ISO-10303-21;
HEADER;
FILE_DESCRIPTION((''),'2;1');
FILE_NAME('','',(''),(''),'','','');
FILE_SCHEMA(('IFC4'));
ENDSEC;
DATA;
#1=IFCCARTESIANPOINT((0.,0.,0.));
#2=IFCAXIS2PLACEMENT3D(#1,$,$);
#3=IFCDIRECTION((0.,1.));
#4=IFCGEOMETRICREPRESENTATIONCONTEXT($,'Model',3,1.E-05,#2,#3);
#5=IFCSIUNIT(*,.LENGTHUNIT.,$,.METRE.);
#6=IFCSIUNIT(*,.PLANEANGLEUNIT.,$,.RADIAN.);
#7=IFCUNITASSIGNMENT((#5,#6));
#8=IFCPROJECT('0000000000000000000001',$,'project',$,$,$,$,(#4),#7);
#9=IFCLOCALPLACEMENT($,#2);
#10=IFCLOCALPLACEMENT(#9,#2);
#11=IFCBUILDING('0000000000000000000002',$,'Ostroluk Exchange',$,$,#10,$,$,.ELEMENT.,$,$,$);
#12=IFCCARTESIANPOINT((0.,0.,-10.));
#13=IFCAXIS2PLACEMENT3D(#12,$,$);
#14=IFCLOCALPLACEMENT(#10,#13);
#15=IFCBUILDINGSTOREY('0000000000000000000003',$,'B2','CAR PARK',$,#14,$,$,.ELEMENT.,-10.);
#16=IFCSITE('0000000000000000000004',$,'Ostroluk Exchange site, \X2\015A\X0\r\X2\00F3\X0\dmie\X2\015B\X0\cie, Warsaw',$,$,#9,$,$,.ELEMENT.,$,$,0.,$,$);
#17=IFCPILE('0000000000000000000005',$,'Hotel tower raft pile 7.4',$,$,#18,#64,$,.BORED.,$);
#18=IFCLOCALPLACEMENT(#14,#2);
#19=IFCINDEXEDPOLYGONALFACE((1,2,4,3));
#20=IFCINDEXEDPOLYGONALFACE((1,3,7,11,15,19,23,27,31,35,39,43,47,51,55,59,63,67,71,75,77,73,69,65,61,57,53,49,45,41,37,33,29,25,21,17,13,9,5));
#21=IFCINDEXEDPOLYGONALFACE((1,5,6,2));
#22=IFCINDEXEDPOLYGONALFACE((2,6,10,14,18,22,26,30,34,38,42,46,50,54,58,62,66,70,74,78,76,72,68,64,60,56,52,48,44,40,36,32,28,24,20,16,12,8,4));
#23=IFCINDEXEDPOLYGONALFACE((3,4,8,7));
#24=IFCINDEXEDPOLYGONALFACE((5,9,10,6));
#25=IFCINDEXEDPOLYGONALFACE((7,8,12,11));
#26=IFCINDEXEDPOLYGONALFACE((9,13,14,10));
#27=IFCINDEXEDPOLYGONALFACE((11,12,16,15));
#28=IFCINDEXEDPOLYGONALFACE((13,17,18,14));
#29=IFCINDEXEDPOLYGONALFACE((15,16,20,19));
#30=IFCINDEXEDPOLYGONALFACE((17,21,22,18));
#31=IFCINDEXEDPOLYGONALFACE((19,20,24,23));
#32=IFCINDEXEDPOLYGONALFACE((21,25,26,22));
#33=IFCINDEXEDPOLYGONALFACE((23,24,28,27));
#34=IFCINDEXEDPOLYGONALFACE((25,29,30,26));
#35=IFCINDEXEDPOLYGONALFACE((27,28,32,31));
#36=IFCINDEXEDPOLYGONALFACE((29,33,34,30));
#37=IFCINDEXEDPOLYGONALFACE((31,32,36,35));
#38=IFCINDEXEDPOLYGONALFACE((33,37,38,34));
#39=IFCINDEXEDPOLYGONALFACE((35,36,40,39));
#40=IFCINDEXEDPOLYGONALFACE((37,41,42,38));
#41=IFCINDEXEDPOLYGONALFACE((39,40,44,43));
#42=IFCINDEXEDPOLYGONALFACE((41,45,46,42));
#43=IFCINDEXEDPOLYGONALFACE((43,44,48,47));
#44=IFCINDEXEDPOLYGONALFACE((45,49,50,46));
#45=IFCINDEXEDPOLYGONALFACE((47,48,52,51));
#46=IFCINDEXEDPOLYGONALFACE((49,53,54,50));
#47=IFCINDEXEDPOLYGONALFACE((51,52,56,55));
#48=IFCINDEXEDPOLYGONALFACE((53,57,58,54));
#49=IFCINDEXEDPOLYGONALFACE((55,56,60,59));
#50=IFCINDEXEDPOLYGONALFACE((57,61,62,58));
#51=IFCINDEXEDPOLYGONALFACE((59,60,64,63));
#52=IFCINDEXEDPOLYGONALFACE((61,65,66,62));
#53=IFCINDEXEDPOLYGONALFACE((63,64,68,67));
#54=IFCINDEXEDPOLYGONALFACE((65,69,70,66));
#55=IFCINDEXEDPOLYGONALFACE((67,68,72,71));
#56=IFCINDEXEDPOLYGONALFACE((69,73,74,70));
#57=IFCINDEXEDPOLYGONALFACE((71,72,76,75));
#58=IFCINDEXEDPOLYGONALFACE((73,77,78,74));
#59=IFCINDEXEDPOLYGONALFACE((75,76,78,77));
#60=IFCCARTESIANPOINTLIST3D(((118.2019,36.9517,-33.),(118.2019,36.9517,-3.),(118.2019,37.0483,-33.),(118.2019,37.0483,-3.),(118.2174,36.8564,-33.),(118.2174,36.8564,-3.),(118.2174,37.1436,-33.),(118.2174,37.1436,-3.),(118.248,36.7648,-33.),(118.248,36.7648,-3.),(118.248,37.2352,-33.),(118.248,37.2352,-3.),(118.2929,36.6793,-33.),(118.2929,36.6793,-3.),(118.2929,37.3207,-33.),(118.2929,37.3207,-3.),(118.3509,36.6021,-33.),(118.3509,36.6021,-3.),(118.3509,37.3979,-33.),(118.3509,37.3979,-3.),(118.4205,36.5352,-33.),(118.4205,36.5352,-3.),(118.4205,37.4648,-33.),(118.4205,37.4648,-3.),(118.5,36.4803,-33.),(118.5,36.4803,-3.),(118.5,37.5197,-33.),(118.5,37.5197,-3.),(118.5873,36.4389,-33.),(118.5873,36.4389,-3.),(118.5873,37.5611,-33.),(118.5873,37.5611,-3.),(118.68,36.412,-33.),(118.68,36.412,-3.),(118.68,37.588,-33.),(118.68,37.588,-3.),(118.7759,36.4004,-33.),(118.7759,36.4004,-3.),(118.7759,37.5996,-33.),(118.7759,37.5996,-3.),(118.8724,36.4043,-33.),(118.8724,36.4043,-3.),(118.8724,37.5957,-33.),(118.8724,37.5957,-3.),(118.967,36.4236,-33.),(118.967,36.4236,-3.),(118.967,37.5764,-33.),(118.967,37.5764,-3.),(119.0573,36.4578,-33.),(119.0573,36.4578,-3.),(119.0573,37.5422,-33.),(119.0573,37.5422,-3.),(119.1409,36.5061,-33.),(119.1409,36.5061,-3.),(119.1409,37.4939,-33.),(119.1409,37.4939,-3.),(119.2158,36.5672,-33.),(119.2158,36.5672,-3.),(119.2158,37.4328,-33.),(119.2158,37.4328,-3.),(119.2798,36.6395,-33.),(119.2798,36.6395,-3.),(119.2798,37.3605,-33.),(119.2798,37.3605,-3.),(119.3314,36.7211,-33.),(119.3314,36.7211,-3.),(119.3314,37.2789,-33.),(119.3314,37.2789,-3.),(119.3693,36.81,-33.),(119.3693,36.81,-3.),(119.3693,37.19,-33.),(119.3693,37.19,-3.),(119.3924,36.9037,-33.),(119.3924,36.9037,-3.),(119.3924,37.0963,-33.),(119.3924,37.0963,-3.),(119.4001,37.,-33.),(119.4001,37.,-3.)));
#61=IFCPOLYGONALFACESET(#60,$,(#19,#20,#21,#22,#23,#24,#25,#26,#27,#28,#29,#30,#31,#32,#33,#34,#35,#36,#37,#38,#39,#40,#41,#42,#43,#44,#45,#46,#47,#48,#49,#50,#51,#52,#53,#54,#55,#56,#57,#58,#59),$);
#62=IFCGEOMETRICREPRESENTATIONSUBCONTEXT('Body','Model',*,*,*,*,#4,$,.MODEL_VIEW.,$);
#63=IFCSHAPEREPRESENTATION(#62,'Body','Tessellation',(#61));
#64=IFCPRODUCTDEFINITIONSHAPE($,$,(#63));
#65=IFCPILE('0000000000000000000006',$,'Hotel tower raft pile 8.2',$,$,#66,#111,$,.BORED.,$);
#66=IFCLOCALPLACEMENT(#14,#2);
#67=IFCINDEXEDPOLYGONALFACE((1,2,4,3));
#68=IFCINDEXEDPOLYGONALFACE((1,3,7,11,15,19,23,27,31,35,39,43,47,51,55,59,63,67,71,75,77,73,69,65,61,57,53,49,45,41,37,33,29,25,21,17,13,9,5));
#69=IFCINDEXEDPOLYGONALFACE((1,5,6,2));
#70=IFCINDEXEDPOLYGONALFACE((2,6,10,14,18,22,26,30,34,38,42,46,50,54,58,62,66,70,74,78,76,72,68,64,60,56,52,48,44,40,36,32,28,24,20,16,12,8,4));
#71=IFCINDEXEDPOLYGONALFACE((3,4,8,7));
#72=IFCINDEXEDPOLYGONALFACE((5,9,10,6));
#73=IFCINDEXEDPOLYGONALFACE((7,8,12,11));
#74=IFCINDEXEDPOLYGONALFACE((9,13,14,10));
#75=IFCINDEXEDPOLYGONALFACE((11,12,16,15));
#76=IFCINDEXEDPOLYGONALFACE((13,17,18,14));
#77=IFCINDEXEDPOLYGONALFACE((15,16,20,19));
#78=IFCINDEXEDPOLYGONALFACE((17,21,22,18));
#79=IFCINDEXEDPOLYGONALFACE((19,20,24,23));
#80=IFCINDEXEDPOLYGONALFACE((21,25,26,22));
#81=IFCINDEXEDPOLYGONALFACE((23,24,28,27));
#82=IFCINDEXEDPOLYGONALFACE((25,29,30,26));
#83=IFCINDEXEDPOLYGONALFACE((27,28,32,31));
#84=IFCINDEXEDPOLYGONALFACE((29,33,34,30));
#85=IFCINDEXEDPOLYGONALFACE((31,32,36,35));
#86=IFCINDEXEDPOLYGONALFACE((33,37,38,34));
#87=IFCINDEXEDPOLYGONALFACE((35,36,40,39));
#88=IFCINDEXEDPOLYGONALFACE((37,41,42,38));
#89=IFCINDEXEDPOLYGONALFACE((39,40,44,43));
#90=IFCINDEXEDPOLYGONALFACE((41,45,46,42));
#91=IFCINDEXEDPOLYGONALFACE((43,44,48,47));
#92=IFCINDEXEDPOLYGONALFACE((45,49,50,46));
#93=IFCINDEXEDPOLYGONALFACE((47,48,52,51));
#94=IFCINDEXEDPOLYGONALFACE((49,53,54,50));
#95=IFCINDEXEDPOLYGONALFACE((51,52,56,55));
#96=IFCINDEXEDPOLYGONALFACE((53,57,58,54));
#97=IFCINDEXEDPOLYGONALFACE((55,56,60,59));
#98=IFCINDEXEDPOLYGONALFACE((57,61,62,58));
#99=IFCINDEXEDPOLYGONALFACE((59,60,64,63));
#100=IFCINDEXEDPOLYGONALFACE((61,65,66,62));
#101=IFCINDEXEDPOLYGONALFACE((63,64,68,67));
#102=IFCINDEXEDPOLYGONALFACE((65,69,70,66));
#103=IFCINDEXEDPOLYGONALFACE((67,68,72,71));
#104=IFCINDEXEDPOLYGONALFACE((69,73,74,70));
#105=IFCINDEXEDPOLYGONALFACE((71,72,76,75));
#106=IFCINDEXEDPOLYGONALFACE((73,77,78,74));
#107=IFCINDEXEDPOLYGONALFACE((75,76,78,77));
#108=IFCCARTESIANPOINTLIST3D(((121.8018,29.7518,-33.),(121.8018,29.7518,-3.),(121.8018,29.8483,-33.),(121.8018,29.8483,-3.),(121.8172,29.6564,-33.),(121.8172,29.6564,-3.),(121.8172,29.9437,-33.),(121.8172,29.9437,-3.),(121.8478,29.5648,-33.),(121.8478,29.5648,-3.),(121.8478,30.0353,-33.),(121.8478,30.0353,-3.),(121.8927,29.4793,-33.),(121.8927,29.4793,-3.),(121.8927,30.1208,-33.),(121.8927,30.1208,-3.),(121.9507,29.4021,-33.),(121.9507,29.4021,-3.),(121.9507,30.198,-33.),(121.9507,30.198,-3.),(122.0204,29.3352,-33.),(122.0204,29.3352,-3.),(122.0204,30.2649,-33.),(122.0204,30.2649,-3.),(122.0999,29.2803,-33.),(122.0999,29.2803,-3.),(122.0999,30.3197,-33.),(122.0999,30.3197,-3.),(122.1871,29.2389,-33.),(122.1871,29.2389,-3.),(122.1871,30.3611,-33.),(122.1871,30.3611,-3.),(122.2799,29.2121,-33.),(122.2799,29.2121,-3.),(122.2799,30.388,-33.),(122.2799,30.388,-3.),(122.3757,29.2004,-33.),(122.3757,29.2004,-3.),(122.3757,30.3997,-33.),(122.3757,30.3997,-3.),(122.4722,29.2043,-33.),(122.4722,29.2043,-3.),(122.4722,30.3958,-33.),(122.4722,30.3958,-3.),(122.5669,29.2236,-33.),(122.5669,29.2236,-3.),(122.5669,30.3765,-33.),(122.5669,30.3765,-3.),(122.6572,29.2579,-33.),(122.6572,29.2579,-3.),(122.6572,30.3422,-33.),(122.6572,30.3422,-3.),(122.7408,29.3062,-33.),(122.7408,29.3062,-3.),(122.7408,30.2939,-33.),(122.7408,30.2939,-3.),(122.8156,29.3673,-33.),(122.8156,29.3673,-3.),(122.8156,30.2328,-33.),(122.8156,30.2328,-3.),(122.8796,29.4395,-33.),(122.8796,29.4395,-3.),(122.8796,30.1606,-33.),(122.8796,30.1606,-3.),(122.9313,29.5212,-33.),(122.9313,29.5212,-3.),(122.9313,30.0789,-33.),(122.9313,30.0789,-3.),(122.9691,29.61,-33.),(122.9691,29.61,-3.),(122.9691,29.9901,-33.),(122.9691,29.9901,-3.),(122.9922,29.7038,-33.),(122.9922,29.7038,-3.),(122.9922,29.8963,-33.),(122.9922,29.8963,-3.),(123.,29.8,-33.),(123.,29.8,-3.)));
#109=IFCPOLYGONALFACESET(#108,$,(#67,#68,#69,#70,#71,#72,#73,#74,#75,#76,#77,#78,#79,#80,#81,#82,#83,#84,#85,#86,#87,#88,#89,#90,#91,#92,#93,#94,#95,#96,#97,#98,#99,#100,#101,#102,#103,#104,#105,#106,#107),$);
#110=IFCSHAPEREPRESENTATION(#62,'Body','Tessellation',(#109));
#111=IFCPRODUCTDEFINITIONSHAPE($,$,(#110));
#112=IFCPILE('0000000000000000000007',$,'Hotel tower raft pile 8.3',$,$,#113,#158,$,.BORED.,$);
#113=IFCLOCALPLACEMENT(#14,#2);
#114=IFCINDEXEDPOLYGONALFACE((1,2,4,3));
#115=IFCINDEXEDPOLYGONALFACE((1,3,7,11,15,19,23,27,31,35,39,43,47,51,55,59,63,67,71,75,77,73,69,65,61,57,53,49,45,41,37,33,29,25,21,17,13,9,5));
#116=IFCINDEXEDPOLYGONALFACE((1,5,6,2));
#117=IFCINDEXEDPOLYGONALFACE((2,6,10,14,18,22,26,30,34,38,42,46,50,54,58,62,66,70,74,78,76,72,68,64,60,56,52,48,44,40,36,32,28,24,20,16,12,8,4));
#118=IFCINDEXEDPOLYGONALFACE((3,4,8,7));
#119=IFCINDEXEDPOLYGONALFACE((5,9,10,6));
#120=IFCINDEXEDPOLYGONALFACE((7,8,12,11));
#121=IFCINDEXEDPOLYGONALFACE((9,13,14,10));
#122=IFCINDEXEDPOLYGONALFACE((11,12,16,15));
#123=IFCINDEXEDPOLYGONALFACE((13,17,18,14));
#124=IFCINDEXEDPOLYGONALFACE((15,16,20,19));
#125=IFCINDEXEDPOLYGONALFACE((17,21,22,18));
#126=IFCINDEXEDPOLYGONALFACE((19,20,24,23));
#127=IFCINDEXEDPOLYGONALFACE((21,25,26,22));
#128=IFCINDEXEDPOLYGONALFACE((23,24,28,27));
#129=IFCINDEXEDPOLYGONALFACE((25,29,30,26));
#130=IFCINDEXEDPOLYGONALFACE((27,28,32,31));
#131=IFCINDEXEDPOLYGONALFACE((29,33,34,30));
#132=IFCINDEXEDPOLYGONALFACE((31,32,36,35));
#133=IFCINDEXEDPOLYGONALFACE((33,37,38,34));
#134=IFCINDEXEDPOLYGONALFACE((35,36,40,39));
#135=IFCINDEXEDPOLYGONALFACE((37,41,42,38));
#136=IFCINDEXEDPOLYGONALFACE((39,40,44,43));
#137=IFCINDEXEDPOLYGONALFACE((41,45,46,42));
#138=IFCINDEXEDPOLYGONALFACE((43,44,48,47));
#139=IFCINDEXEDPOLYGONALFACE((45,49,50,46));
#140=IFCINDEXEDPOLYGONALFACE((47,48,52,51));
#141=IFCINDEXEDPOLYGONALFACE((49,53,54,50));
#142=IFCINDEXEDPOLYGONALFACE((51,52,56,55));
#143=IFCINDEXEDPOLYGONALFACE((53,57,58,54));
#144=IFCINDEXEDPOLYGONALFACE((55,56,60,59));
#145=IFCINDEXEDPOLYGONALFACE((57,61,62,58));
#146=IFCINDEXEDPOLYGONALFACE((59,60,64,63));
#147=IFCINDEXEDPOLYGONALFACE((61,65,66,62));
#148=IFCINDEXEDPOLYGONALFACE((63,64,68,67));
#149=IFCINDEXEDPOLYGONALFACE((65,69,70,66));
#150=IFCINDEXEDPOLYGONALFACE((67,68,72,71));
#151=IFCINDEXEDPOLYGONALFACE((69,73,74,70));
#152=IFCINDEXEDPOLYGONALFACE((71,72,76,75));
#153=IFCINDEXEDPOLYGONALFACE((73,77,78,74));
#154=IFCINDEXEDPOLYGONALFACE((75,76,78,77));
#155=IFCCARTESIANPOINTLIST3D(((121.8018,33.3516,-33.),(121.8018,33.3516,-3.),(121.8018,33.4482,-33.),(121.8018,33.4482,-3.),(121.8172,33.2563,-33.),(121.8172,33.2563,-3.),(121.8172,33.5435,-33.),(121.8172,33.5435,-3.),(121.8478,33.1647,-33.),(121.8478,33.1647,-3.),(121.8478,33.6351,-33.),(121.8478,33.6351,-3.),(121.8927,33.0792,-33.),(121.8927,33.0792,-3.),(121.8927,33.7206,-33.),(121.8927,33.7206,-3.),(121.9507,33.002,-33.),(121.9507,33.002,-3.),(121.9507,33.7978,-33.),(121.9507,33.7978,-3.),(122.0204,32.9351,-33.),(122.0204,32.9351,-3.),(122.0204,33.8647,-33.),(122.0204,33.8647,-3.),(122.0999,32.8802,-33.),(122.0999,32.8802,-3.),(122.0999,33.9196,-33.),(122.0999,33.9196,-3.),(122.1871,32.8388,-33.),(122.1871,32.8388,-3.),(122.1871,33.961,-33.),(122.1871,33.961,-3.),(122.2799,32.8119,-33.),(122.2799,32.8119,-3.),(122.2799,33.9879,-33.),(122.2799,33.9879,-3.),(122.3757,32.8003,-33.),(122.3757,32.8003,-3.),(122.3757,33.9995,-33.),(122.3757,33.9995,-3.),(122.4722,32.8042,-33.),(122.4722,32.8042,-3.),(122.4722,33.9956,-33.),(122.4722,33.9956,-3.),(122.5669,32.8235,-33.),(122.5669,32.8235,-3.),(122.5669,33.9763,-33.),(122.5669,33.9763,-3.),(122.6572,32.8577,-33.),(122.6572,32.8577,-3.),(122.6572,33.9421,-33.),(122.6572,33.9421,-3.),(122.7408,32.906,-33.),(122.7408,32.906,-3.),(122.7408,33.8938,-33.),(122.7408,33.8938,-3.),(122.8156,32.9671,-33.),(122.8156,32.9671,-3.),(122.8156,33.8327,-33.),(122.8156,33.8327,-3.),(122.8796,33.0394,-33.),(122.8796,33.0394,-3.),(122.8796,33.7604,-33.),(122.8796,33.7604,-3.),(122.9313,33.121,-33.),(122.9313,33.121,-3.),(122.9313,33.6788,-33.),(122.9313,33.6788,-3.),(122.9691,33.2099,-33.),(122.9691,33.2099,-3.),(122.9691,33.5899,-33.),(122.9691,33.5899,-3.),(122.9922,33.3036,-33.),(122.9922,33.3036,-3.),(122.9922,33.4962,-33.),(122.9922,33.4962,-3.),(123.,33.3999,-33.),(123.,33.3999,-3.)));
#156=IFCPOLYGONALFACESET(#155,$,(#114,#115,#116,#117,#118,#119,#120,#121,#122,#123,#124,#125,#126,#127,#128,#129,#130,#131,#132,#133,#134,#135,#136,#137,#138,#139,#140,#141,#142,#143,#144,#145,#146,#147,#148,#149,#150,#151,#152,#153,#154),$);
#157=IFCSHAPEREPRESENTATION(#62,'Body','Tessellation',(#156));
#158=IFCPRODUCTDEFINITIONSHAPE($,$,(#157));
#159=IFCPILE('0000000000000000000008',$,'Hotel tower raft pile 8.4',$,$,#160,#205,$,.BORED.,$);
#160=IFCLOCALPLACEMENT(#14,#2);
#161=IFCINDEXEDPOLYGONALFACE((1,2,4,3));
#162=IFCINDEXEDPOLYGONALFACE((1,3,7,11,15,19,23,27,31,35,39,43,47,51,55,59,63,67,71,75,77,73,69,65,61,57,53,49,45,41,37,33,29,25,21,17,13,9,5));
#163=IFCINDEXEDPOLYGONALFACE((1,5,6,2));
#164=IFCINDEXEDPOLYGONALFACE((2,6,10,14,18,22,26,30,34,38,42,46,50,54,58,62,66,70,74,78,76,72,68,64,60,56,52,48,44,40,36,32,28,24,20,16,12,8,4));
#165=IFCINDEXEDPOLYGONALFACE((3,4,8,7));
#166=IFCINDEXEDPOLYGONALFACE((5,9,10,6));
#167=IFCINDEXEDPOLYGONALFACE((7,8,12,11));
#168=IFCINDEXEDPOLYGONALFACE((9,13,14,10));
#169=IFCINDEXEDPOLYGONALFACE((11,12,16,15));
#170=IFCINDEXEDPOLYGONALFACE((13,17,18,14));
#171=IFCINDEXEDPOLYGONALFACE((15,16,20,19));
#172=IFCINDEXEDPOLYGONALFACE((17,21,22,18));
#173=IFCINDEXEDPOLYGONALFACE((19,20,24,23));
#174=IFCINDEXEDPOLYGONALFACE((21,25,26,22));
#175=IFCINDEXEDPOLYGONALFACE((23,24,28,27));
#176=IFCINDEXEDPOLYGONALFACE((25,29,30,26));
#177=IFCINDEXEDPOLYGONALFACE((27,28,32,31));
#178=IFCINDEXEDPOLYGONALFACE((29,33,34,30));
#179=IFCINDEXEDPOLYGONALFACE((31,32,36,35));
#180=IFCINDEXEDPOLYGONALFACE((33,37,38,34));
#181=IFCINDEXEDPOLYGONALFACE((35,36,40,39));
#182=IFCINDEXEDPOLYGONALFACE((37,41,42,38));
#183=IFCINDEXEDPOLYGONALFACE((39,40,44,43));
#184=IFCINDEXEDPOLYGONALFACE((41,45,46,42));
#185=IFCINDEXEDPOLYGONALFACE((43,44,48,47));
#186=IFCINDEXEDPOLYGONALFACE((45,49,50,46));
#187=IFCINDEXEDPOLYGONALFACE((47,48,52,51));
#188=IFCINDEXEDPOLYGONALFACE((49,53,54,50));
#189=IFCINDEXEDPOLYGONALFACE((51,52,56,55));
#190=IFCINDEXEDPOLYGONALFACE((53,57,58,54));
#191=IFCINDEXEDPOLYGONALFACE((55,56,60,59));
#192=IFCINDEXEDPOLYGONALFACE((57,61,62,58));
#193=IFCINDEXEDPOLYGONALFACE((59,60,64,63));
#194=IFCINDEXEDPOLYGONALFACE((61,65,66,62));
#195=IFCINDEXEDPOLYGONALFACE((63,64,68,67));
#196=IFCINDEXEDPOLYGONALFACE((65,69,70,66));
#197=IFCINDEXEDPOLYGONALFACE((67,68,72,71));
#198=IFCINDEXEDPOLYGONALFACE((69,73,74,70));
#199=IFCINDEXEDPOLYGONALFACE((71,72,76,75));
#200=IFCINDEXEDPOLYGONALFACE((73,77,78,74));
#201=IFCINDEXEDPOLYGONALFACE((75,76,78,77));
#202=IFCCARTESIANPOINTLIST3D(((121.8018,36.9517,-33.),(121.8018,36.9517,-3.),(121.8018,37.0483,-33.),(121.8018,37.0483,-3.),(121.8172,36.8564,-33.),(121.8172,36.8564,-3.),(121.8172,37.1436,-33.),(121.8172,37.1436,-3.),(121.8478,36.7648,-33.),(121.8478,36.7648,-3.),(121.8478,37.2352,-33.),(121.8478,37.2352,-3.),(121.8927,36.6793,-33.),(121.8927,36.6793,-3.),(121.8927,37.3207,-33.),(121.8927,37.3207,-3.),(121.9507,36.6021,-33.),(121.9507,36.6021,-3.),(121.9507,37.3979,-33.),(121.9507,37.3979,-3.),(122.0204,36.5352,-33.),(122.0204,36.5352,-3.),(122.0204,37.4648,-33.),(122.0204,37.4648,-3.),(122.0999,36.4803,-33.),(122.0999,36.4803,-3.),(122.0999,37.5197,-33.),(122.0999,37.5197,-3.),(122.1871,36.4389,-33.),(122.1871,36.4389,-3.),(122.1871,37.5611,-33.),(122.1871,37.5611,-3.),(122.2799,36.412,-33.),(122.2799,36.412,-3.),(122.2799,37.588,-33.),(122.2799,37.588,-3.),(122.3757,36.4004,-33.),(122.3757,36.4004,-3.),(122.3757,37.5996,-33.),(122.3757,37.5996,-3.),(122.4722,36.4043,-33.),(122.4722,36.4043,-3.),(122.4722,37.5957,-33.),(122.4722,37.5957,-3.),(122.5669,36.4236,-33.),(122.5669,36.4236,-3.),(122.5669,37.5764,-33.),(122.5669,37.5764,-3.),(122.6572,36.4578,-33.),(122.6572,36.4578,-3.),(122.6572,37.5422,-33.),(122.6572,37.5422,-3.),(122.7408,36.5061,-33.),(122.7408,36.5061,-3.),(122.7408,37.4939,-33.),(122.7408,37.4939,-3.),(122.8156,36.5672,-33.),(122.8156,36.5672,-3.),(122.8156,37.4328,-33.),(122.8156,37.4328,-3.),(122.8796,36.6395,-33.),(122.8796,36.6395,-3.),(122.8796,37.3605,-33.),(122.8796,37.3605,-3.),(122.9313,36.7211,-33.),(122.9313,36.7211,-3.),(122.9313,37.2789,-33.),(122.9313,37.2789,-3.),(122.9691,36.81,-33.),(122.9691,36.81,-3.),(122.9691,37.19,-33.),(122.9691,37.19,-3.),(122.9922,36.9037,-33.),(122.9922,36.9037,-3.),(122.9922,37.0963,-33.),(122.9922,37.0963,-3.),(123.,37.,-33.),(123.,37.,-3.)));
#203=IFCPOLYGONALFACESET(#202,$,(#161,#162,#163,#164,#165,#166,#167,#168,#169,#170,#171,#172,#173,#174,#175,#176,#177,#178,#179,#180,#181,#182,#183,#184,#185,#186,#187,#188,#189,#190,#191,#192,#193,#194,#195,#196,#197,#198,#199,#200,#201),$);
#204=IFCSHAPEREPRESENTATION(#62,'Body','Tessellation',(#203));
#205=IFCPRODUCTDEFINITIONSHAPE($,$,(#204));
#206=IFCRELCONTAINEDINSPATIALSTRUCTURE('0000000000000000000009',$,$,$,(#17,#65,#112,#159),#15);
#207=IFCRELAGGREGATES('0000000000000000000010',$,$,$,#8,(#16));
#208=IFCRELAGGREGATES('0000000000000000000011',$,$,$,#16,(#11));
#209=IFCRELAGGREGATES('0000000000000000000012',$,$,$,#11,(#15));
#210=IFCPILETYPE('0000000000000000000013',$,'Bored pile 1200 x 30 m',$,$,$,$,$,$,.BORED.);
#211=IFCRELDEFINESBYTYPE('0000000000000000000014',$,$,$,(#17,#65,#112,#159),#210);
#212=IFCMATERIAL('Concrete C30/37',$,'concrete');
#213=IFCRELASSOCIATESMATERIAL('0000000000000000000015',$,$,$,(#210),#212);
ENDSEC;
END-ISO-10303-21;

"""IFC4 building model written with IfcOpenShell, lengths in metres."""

from ifc_helpers import new_model, si_unit, direction, frame, origin, origin_2d, place, context, subcontext, project, spatial, circle, extrude, material, type_object, element, save


model = new_model("IFC4")

# Units and contexts
model_context = context("Model", 3, precision=1e-05, world=origin(), true_north=direction((0.0, 1.0)))
body_context = subcontext(model_context, "Body", "Model", "MODEL_VIEW")
ifc_project = project(units=[si_unit("LENGTHUNIT", "METRE"), si_unit("PLANEANGLEUNIT", "RADIAN")], contexts=[model_context])

# Site, building, storey
site_placement = place(None, origin())
site = spatial("IfcSite", under=ifc_project, at=site_placement, Name="Ostroluk Exchange site, Śródmieście, Warsaw", CompositionType="ELEMENT", RefElevation=0.0)
building_placement = place(site_placement, origin())
building = spatial("IfcBuilding", under=site, at=building_placement, Name="Ostroluk Exchange", CompositionType="ELEMENT")
storey_placement = place(building_placement, frame((0.0, 0.0, -10.0)))
storey = spatial("IfcBuildingStorey", under=building, at=storey_placement, Name="B2", Description="CAR PARK", CompositionType="ELEMENT", Elevation=-10.0)

# Piles
ifc_material_1 = material(Name="Concrete C30/37", Category="concrete")
pile_type = type_object("IfcPileType", Name="Bored pile 1200 x 30 m", PredefinedType="BORED", material=ifc_material_1)
for number, where, z_axis, x_axis, name in (
    (1, (118.8, 37.0, -3.0), (0.0, 0.0, -1.0), (1.0, 0.0, 0.0), "Hotel tower raft pile 7.4"),
    (2, (122.3999, 29.8, -3.0), (0.0, 0.0, -1.0), (1.0, 0.0, 0.0), "Hotel tower raft pile 8.2"),
    (3, (122.3999, 33.3999, -3.0), (0.0, 0.0, -1.0), (1.0, 0.0, 0.0), "Hotel tower raft pile 8.3"),
    (4, (122.3999, 37.0, -3.0), (0.0, 0.0, -1.0), (1.0, 0.0, 0.0), "Hotel tower raft pile 8.4"),
):
    element("IfcPile", number, at=place(storey_placement, frame(where, z_axis=z_axis, x_axis=x_axis)), inside=storey, type_object=pile_type, Name=name, PredefinedType="BORED", context=body_context, shape_type="SweptSolid", body=[
        extrude(circle(Radius=0.6001, at=origin_2d()), origin(), (0.0, 0.0, 1.0), 30.0),
    ])

save(model, "model.ifc")
